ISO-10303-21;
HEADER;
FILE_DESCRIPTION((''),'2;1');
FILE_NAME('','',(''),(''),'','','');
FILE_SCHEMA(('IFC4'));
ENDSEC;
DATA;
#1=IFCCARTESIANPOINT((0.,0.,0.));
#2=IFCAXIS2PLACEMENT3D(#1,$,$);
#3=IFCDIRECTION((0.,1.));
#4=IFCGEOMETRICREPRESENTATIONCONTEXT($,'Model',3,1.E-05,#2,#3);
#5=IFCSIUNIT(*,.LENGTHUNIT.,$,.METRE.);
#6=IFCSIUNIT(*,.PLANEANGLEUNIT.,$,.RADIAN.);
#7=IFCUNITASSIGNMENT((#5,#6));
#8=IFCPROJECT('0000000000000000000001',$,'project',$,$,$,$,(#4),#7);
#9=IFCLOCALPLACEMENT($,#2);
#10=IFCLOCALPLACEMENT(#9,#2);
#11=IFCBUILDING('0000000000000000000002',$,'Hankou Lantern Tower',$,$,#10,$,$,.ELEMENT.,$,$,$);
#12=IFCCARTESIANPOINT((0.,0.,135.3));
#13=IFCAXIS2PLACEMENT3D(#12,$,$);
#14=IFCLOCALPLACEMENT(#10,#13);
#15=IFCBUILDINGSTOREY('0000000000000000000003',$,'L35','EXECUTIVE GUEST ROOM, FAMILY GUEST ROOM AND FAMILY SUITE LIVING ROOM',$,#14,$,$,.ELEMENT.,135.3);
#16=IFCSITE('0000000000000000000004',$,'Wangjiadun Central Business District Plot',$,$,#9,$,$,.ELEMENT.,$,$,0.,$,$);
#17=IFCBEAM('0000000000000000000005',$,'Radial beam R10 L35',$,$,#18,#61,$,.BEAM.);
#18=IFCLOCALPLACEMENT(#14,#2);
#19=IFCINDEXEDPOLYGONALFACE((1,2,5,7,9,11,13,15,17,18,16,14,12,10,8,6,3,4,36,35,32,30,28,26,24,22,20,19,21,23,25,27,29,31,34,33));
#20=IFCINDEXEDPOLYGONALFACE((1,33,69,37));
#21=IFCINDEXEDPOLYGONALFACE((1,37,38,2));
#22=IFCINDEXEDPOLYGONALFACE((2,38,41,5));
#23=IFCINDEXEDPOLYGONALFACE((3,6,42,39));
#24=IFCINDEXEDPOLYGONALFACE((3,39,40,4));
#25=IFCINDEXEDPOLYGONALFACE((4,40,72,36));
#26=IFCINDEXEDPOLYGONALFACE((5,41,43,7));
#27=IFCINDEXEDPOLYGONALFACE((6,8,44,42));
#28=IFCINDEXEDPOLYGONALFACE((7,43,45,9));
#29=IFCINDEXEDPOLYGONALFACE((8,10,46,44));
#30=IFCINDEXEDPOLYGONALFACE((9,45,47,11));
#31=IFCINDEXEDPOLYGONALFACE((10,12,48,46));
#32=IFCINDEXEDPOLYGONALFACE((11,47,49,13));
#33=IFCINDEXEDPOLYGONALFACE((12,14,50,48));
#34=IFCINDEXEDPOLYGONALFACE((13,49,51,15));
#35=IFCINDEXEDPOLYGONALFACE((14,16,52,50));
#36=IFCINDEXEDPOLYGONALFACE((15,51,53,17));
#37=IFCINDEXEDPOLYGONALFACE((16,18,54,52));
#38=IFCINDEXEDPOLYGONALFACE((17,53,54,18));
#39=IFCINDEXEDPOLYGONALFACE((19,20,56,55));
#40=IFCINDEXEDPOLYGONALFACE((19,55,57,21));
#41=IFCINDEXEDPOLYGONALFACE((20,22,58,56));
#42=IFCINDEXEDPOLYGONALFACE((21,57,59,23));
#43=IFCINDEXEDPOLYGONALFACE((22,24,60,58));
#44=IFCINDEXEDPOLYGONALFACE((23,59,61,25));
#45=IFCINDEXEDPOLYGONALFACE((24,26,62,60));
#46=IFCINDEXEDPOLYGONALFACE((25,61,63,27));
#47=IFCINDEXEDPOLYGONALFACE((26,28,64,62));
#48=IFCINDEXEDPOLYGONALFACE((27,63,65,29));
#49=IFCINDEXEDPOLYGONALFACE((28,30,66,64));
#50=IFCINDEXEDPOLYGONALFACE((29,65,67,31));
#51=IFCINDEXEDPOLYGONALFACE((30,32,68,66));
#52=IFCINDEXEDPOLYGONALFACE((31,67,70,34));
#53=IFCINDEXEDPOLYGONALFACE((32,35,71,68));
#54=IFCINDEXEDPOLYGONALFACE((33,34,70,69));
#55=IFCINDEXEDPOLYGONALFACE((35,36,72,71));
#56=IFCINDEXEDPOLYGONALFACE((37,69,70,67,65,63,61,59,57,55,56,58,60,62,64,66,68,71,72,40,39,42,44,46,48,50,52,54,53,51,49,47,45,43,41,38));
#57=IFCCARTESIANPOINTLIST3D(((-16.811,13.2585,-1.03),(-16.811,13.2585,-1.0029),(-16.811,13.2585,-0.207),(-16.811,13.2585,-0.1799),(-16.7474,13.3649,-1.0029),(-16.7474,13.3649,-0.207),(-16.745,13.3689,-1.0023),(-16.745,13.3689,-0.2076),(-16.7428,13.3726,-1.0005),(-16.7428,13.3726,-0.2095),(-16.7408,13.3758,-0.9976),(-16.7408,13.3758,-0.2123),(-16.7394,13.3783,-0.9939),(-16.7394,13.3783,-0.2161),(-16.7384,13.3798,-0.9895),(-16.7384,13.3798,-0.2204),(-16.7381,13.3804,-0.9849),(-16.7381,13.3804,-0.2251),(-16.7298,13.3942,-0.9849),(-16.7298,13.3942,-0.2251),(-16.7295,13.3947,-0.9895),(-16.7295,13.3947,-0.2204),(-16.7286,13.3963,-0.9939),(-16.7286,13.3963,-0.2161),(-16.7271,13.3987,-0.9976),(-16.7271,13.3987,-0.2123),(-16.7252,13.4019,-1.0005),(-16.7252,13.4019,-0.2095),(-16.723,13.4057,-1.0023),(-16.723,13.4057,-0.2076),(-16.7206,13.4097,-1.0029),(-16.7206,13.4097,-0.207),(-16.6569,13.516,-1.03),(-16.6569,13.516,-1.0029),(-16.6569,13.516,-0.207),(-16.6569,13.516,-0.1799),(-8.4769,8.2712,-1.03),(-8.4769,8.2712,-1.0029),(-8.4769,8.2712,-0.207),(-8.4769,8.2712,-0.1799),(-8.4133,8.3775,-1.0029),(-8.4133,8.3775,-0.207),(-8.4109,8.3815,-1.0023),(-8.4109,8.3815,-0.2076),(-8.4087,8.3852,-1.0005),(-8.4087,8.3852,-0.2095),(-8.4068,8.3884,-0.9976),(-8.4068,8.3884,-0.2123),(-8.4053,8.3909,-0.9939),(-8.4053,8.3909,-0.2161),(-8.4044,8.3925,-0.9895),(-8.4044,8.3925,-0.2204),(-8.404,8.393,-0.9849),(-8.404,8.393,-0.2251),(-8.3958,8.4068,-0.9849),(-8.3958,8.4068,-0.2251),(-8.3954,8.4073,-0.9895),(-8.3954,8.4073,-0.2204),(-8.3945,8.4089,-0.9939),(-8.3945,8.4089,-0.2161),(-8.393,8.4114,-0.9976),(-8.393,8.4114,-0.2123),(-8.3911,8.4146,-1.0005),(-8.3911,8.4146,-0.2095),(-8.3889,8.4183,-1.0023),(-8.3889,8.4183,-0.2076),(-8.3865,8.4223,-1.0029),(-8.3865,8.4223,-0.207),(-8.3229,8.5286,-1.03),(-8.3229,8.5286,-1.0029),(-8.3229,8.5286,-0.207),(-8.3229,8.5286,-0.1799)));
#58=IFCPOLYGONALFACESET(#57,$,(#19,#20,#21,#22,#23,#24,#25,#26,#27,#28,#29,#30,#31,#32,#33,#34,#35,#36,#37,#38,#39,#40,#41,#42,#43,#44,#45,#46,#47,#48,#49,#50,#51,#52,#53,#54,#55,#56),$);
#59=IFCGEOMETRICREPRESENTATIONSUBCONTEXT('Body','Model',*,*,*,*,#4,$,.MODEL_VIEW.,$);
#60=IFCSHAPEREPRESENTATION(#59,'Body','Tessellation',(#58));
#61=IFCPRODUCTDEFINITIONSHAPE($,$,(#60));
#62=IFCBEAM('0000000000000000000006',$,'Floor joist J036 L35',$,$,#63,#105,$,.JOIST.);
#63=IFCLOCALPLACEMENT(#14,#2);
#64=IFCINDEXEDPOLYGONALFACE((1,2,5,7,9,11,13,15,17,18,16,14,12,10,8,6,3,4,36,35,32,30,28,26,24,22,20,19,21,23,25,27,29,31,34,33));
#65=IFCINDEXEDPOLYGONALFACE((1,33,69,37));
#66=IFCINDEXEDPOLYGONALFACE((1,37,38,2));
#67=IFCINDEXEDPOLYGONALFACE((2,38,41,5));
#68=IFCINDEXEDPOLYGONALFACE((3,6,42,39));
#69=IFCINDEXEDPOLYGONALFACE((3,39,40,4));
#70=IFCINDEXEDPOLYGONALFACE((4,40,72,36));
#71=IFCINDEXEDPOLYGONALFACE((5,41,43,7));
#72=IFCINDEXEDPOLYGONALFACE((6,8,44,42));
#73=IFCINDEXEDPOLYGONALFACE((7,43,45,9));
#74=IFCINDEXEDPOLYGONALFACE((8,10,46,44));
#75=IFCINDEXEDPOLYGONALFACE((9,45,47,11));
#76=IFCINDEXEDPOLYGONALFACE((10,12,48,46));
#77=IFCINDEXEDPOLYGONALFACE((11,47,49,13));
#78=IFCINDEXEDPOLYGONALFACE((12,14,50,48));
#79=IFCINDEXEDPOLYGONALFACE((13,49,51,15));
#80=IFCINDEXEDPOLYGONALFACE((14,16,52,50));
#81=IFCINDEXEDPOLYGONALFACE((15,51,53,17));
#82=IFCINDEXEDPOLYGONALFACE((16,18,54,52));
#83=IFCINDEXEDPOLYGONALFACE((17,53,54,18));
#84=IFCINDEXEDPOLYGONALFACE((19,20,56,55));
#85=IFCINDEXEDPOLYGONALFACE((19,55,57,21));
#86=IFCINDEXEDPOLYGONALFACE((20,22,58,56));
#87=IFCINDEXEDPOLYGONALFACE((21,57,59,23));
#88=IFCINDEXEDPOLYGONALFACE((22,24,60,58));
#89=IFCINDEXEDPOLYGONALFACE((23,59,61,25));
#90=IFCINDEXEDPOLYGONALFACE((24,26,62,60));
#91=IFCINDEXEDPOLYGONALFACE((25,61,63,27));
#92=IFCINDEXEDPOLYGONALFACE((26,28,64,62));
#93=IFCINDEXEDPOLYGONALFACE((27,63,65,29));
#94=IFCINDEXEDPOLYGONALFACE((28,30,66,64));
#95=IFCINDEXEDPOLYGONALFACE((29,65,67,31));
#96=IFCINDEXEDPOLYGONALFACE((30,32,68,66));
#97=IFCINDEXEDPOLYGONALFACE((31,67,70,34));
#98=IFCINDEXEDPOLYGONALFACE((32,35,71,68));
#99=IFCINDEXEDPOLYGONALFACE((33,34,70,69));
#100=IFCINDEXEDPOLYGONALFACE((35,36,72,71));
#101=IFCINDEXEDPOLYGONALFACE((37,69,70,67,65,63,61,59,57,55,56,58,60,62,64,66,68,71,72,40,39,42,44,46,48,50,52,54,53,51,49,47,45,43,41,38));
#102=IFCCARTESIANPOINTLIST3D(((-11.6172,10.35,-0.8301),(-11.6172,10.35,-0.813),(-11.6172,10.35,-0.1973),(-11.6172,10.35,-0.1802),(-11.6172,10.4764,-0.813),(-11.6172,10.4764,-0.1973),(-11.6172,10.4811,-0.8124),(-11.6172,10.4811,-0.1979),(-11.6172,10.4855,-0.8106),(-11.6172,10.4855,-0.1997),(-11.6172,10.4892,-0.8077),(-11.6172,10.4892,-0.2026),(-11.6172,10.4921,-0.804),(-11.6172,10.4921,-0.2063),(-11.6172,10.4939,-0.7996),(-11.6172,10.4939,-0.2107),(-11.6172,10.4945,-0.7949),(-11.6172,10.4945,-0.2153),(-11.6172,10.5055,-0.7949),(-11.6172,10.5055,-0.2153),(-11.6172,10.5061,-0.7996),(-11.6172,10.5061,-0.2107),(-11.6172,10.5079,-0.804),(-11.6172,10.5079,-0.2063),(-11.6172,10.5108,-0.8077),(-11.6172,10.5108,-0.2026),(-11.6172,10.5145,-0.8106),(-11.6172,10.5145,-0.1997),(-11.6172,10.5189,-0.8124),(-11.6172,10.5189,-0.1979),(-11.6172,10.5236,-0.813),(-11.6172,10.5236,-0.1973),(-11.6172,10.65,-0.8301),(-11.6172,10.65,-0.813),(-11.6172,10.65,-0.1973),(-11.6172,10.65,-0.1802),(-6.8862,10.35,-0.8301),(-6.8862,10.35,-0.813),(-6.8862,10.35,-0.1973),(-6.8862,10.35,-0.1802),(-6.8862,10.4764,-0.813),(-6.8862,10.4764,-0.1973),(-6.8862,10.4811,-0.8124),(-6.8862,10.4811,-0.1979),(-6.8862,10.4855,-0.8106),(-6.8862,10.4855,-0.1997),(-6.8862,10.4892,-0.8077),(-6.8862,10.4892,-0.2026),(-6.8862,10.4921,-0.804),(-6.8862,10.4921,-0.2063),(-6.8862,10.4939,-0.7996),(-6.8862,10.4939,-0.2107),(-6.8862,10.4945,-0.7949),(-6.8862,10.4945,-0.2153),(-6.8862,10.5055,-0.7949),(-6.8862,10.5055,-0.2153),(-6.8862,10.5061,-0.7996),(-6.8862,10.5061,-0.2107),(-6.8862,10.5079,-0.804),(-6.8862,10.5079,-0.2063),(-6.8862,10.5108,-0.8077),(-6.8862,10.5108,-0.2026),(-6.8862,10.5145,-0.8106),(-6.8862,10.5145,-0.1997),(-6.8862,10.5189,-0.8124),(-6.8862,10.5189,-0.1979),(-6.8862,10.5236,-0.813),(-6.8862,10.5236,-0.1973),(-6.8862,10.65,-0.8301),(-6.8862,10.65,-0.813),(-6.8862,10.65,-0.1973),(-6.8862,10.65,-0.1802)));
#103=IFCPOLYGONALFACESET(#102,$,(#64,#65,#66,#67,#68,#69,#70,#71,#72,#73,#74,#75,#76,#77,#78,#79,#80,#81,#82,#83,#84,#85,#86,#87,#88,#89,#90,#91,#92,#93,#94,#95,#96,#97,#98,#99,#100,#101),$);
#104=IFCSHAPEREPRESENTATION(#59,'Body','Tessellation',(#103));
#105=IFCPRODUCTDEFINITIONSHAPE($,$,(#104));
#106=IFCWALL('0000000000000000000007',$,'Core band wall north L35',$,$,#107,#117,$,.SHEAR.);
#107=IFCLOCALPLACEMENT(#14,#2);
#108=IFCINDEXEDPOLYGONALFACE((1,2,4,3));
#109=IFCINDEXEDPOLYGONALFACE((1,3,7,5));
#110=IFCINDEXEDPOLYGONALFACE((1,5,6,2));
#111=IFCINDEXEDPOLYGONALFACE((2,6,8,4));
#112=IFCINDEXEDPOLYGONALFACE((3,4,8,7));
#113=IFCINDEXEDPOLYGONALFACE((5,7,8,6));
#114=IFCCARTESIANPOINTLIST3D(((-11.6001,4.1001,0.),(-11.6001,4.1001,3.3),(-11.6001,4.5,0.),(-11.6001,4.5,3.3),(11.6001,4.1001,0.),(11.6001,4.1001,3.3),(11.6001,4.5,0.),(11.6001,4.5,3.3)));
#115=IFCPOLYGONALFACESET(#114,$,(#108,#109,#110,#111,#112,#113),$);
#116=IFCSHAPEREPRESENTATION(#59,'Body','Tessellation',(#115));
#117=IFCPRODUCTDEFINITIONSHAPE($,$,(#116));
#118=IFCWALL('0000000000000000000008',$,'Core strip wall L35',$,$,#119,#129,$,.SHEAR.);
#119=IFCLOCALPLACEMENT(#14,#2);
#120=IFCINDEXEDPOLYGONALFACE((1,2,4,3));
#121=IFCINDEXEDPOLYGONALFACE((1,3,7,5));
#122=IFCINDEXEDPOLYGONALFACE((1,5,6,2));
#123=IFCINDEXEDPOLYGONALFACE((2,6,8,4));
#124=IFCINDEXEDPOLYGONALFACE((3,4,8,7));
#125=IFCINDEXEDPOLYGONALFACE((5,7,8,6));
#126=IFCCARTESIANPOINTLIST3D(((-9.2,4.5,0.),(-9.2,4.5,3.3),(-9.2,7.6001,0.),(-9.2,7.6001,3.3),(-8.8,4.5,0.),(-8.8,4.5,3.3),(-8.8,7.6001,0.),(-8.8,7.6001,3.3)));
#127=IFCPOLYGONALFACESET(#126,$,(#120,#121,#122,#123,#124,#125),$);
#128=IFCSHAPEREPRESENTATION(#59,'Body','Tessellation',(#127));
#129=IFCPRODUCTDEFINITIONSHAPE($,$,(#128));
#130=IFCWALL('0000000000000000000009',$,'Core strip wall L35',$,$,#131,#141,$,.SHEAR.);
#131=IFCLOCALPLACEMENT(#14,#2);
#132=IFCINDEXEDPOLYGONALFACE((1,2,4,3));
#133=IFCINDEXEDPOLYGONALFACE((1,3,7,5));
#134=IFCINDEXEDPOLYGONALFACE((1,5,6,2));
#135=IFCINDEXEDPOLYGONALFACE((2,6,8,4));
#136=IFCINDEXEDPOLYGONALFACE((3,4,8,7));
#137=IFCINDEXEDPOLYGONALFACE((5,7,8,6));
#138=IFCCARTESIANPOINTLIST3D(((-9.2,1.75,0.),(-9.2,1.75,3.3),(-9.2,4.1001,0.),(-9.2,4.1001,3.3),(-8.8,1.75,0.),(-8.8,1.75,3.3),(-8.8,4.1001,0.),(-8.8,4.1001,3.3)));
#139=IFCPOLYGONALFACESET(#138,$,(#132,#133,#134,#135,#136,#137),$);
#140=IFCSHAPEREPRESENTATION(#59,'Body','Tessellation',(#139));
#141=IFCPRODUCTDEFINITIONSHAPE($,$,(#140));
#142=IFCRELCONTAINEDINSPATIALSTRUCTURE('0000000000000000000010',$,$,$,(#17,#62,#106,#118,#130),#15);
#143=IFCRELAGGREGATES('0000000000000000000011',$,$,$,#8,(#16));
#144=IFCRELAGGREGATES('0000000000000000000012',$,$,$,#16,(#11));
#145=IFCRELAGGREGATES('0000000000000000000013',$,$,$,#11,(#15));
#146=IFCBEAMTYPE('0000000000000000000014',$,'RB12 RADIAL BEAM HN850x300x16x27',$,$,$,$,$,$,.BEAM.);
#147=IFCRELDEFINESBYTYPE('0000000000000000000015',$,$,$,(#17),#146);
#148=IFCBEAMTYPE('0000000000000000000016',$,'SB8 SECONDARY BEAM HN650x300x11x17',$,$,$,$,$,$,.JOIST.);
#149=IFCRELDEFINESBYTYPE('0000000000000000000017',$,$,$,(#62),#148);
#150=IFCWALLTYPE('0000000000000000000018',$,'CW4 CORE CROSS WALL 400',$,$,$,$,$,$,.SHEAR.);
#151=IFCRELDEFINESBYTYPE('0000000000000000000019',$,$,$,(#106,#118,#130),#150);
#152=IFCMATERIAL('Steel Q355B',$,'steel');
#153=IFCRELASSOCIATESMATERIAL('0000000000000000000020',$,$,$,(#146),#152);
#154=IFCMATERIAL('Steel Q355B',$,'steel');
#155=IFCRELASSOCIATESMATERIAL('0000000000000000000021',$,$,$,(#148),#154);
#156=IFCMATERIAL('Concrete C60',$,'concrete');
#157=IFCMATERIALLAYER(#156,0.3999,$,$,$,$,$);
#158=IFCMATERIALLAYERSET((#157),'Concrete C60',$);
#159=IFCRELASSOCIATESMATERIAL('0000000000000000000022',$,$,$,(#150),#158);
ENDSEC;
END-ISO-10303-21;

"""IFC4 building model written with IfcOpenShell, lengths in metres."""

from ifc_helpers import new_model, si_unit, direction, frame, frame_2d, origin, origin_2d, place, context, subcontext, project, spatial, rectangle, i_section, extrude, material, layer, layer_set, material_profile, profile_set, type_object, element, save


model = new_model("IFC4")

# Units and contexts
model_context = context("Model", 3, precision=1e-05, world=origin(), true_north=direction((0.0, 1.0)))
body_context = subcontext(model_context, "Body", "Model", "MODEL_VIEW")
ifc_project = project(units=[si_unit("LENGTHUNIT", "METRE"), si_unit("PLANEANGLEUNIT", "RADIAN")], contexts=[model_context])

# Site, building, storey
site_placement = place(None, origin())
site = spatial("IfcSite", under=ifc_project, at=site_placement, Name="Wangjiadun Central Business District Plot", CompositionType="ELEMENT", RefElevation=0.0)
building_placement = place(site_placement, origin())
building = spatial("IfcBuilding", under=site, at=building_placement, Name="Hankou Lantern Tower", CompositionType="ELEMENT")
storey_placement = place(building_placement, frame((0.0, 0.0, 135.3)))
storey = spatial("IfcBuildingStorey", under=building, at=storey_placement, Name="L35", Description="EXECUTIVE GUEST ROOM, FAMILY GUEST ROOM AND FAMILY SUITE LIVING ROOM", CompositionType="ELEMENT", Elevation=135.3)

# Beams
ifc_material_1 = material(Name="Steel Q355B", Category="steel")
ifc_material_profile_1 = material_profile(ifc_material_1, i_section(OverallWidth=0.3, OverallDepth=0.8501, WebThickness=0.0161, FlangeThickness=0.0271, FilletRadius=0.0181, at=origin_2d()), Name="HN850x300x16x27")
ifc_profile_set_1 = profile_set([ifc_material_profile_1], Name="Steel Q355B")
beam_type_1 = type_object("IfcBeamType", Name="RB12 RADIAL BEAM HN850x300x16x27", PredefinedType="BEAM", material=ifc_profile_set_1)
beam_1_placement = place(storey_placement, frame((-8.3999, 8.3999, -0.605), z_axis=(-0.858087, 0.513505, 0.0), x_axis=(-0.513505, -0.858087, 0.0)))
element("IfcBeam", 1, at=beam_1_placement, inside=storey, type_object=beam_type_1, Name="Radial beam R10 L35", PredefinedType="BEAM", context=body_context, shape_type="SweptSolid", body=[
    extrude(i_section(OverallWidth=0.3, OverallDepth=0.8501, WebThickness=0.0161, FlangeThickness=0.0271, FilletRadius=0.0181, at=origin_2d()), origin(), (0.0, 0.0, 1.0), 9.7124),
])
ifc_material_2 = material(Name="Steel Q355B", Category="steel")
ifc_material_profile_2 = material_profile(ifc_material_2, i_section(OverallWidth=0.3, OverallDepth=0.6499, WebThickness=0.011, FlangeThickness=0.0171, FilletRadius=0.0181, at=origin_2d()), Name="HN650x300x11x17")
ifc_profile_set_2 = profile_set([ifc_material_profile_2], Name="Steel Q355B")
beam_type_2 = type_object("IfcBeamType", Name="SB8 SECONDARY BEAM HN650x300x11x17", PredefinedType="JOIST", material=ifc_profile_set_2)
beam_2_placement = place(storey_placement, frame((-11.6172, 10.5, -0.5051), z_axis=(1.0, 0.0, 0.0), x_axis=(0.0, 1.0, 0.0)))
element("IfcBeam", 2, at=beam_2_placement, inside=storey, type_object=beam_type_2, Name="Floor joist J036 L35", PredefinedType="JOIST", context=body_context, shape_type="SweptSolid", body=[
    extrude(i_section(OverallWidth=0.3, OverallDepth=0.6499, WebThickness=0.011, FlangeThickness=0.0171, FilletRadius=0.0181, at=origin_2d()), origin(), (0.0, 0.0, 1.0), 4.731),
])

# Walls
ifc_material_3 = material(Name="Concrete C60", Category="concrete")
ifc_layer_1 = layer(ifc_material_3, 0.3999)
ifc_layer_set_1 = layer_set([ifc_layer_1], Name="Concrete C60")
wall_type_1 = type_object("IfcWallType", Name="CW4 CORE CROSS WALL 400", PredefinedType="SHEAR", material=ifc_layer_set_1)
wall_1_placement = place(storey_placement, frame((-11.6001, 4.3, 0.0), z_axis=(0.0, 0.0, 1.0), x_axis=(1.0, 0.0, 0.0)))
element("IfcWall", 3, at=wall_1_placement, inside=storey, type_object=wall_type_1, Name="Core band wall north L35", PredefinedType="SHEAR", context=body_context, shape_type="SweptSolid", body=[
    extrude(rectangle(XDim=23.2002, YDim=0.3999, at=frame_2d((11.6001, 0.0))), origin(), (0.0, 0.0, 1.0), 3.3),
])
wall_2_placement = place(storey_placement, frame((-9.0, 4.5, 0.0), z_axis=(0.0, 0.0, 1.0), x_axis=(0.0, 1.0, 0.0)))
element("IfcWall", 4, at=wall_2_placement, inside=storey, type_object=wall_type_1, Name="Core strip wall L35", PredefinedType="SHEAR", context=body_context, shape_type="SweptSolid", body=[
    extrude(rectangle(XDim=3.1001, YDim=0.3999, at=frame_2d((1.55, 0.0))), origin(), (0.0, 0.0, 1.0), 3.3),
])
wall_3_placement = place(storey_placement, frame((-9.0, 1.75, 0.0), z_axis=(0.0, 0.0, 1.0), x_axis=(0.0, 1.0, 0.0)))
element("IfcWall", 5, at=wall_3_placement, inside=storey, type_object=wall_type_1, Name="Core strip wall L35", PredefinedType="SHEAR", context=body_context, shape_type="SweptSolid", body=[
    extrude(rectangle(XDim=2.3501, YDim=0.3999, at=frame_2d((1.175, 0.0))), origin(), (0.0, 0.0, 1.0), 3.3),
])

save(model, "model.ifc")
